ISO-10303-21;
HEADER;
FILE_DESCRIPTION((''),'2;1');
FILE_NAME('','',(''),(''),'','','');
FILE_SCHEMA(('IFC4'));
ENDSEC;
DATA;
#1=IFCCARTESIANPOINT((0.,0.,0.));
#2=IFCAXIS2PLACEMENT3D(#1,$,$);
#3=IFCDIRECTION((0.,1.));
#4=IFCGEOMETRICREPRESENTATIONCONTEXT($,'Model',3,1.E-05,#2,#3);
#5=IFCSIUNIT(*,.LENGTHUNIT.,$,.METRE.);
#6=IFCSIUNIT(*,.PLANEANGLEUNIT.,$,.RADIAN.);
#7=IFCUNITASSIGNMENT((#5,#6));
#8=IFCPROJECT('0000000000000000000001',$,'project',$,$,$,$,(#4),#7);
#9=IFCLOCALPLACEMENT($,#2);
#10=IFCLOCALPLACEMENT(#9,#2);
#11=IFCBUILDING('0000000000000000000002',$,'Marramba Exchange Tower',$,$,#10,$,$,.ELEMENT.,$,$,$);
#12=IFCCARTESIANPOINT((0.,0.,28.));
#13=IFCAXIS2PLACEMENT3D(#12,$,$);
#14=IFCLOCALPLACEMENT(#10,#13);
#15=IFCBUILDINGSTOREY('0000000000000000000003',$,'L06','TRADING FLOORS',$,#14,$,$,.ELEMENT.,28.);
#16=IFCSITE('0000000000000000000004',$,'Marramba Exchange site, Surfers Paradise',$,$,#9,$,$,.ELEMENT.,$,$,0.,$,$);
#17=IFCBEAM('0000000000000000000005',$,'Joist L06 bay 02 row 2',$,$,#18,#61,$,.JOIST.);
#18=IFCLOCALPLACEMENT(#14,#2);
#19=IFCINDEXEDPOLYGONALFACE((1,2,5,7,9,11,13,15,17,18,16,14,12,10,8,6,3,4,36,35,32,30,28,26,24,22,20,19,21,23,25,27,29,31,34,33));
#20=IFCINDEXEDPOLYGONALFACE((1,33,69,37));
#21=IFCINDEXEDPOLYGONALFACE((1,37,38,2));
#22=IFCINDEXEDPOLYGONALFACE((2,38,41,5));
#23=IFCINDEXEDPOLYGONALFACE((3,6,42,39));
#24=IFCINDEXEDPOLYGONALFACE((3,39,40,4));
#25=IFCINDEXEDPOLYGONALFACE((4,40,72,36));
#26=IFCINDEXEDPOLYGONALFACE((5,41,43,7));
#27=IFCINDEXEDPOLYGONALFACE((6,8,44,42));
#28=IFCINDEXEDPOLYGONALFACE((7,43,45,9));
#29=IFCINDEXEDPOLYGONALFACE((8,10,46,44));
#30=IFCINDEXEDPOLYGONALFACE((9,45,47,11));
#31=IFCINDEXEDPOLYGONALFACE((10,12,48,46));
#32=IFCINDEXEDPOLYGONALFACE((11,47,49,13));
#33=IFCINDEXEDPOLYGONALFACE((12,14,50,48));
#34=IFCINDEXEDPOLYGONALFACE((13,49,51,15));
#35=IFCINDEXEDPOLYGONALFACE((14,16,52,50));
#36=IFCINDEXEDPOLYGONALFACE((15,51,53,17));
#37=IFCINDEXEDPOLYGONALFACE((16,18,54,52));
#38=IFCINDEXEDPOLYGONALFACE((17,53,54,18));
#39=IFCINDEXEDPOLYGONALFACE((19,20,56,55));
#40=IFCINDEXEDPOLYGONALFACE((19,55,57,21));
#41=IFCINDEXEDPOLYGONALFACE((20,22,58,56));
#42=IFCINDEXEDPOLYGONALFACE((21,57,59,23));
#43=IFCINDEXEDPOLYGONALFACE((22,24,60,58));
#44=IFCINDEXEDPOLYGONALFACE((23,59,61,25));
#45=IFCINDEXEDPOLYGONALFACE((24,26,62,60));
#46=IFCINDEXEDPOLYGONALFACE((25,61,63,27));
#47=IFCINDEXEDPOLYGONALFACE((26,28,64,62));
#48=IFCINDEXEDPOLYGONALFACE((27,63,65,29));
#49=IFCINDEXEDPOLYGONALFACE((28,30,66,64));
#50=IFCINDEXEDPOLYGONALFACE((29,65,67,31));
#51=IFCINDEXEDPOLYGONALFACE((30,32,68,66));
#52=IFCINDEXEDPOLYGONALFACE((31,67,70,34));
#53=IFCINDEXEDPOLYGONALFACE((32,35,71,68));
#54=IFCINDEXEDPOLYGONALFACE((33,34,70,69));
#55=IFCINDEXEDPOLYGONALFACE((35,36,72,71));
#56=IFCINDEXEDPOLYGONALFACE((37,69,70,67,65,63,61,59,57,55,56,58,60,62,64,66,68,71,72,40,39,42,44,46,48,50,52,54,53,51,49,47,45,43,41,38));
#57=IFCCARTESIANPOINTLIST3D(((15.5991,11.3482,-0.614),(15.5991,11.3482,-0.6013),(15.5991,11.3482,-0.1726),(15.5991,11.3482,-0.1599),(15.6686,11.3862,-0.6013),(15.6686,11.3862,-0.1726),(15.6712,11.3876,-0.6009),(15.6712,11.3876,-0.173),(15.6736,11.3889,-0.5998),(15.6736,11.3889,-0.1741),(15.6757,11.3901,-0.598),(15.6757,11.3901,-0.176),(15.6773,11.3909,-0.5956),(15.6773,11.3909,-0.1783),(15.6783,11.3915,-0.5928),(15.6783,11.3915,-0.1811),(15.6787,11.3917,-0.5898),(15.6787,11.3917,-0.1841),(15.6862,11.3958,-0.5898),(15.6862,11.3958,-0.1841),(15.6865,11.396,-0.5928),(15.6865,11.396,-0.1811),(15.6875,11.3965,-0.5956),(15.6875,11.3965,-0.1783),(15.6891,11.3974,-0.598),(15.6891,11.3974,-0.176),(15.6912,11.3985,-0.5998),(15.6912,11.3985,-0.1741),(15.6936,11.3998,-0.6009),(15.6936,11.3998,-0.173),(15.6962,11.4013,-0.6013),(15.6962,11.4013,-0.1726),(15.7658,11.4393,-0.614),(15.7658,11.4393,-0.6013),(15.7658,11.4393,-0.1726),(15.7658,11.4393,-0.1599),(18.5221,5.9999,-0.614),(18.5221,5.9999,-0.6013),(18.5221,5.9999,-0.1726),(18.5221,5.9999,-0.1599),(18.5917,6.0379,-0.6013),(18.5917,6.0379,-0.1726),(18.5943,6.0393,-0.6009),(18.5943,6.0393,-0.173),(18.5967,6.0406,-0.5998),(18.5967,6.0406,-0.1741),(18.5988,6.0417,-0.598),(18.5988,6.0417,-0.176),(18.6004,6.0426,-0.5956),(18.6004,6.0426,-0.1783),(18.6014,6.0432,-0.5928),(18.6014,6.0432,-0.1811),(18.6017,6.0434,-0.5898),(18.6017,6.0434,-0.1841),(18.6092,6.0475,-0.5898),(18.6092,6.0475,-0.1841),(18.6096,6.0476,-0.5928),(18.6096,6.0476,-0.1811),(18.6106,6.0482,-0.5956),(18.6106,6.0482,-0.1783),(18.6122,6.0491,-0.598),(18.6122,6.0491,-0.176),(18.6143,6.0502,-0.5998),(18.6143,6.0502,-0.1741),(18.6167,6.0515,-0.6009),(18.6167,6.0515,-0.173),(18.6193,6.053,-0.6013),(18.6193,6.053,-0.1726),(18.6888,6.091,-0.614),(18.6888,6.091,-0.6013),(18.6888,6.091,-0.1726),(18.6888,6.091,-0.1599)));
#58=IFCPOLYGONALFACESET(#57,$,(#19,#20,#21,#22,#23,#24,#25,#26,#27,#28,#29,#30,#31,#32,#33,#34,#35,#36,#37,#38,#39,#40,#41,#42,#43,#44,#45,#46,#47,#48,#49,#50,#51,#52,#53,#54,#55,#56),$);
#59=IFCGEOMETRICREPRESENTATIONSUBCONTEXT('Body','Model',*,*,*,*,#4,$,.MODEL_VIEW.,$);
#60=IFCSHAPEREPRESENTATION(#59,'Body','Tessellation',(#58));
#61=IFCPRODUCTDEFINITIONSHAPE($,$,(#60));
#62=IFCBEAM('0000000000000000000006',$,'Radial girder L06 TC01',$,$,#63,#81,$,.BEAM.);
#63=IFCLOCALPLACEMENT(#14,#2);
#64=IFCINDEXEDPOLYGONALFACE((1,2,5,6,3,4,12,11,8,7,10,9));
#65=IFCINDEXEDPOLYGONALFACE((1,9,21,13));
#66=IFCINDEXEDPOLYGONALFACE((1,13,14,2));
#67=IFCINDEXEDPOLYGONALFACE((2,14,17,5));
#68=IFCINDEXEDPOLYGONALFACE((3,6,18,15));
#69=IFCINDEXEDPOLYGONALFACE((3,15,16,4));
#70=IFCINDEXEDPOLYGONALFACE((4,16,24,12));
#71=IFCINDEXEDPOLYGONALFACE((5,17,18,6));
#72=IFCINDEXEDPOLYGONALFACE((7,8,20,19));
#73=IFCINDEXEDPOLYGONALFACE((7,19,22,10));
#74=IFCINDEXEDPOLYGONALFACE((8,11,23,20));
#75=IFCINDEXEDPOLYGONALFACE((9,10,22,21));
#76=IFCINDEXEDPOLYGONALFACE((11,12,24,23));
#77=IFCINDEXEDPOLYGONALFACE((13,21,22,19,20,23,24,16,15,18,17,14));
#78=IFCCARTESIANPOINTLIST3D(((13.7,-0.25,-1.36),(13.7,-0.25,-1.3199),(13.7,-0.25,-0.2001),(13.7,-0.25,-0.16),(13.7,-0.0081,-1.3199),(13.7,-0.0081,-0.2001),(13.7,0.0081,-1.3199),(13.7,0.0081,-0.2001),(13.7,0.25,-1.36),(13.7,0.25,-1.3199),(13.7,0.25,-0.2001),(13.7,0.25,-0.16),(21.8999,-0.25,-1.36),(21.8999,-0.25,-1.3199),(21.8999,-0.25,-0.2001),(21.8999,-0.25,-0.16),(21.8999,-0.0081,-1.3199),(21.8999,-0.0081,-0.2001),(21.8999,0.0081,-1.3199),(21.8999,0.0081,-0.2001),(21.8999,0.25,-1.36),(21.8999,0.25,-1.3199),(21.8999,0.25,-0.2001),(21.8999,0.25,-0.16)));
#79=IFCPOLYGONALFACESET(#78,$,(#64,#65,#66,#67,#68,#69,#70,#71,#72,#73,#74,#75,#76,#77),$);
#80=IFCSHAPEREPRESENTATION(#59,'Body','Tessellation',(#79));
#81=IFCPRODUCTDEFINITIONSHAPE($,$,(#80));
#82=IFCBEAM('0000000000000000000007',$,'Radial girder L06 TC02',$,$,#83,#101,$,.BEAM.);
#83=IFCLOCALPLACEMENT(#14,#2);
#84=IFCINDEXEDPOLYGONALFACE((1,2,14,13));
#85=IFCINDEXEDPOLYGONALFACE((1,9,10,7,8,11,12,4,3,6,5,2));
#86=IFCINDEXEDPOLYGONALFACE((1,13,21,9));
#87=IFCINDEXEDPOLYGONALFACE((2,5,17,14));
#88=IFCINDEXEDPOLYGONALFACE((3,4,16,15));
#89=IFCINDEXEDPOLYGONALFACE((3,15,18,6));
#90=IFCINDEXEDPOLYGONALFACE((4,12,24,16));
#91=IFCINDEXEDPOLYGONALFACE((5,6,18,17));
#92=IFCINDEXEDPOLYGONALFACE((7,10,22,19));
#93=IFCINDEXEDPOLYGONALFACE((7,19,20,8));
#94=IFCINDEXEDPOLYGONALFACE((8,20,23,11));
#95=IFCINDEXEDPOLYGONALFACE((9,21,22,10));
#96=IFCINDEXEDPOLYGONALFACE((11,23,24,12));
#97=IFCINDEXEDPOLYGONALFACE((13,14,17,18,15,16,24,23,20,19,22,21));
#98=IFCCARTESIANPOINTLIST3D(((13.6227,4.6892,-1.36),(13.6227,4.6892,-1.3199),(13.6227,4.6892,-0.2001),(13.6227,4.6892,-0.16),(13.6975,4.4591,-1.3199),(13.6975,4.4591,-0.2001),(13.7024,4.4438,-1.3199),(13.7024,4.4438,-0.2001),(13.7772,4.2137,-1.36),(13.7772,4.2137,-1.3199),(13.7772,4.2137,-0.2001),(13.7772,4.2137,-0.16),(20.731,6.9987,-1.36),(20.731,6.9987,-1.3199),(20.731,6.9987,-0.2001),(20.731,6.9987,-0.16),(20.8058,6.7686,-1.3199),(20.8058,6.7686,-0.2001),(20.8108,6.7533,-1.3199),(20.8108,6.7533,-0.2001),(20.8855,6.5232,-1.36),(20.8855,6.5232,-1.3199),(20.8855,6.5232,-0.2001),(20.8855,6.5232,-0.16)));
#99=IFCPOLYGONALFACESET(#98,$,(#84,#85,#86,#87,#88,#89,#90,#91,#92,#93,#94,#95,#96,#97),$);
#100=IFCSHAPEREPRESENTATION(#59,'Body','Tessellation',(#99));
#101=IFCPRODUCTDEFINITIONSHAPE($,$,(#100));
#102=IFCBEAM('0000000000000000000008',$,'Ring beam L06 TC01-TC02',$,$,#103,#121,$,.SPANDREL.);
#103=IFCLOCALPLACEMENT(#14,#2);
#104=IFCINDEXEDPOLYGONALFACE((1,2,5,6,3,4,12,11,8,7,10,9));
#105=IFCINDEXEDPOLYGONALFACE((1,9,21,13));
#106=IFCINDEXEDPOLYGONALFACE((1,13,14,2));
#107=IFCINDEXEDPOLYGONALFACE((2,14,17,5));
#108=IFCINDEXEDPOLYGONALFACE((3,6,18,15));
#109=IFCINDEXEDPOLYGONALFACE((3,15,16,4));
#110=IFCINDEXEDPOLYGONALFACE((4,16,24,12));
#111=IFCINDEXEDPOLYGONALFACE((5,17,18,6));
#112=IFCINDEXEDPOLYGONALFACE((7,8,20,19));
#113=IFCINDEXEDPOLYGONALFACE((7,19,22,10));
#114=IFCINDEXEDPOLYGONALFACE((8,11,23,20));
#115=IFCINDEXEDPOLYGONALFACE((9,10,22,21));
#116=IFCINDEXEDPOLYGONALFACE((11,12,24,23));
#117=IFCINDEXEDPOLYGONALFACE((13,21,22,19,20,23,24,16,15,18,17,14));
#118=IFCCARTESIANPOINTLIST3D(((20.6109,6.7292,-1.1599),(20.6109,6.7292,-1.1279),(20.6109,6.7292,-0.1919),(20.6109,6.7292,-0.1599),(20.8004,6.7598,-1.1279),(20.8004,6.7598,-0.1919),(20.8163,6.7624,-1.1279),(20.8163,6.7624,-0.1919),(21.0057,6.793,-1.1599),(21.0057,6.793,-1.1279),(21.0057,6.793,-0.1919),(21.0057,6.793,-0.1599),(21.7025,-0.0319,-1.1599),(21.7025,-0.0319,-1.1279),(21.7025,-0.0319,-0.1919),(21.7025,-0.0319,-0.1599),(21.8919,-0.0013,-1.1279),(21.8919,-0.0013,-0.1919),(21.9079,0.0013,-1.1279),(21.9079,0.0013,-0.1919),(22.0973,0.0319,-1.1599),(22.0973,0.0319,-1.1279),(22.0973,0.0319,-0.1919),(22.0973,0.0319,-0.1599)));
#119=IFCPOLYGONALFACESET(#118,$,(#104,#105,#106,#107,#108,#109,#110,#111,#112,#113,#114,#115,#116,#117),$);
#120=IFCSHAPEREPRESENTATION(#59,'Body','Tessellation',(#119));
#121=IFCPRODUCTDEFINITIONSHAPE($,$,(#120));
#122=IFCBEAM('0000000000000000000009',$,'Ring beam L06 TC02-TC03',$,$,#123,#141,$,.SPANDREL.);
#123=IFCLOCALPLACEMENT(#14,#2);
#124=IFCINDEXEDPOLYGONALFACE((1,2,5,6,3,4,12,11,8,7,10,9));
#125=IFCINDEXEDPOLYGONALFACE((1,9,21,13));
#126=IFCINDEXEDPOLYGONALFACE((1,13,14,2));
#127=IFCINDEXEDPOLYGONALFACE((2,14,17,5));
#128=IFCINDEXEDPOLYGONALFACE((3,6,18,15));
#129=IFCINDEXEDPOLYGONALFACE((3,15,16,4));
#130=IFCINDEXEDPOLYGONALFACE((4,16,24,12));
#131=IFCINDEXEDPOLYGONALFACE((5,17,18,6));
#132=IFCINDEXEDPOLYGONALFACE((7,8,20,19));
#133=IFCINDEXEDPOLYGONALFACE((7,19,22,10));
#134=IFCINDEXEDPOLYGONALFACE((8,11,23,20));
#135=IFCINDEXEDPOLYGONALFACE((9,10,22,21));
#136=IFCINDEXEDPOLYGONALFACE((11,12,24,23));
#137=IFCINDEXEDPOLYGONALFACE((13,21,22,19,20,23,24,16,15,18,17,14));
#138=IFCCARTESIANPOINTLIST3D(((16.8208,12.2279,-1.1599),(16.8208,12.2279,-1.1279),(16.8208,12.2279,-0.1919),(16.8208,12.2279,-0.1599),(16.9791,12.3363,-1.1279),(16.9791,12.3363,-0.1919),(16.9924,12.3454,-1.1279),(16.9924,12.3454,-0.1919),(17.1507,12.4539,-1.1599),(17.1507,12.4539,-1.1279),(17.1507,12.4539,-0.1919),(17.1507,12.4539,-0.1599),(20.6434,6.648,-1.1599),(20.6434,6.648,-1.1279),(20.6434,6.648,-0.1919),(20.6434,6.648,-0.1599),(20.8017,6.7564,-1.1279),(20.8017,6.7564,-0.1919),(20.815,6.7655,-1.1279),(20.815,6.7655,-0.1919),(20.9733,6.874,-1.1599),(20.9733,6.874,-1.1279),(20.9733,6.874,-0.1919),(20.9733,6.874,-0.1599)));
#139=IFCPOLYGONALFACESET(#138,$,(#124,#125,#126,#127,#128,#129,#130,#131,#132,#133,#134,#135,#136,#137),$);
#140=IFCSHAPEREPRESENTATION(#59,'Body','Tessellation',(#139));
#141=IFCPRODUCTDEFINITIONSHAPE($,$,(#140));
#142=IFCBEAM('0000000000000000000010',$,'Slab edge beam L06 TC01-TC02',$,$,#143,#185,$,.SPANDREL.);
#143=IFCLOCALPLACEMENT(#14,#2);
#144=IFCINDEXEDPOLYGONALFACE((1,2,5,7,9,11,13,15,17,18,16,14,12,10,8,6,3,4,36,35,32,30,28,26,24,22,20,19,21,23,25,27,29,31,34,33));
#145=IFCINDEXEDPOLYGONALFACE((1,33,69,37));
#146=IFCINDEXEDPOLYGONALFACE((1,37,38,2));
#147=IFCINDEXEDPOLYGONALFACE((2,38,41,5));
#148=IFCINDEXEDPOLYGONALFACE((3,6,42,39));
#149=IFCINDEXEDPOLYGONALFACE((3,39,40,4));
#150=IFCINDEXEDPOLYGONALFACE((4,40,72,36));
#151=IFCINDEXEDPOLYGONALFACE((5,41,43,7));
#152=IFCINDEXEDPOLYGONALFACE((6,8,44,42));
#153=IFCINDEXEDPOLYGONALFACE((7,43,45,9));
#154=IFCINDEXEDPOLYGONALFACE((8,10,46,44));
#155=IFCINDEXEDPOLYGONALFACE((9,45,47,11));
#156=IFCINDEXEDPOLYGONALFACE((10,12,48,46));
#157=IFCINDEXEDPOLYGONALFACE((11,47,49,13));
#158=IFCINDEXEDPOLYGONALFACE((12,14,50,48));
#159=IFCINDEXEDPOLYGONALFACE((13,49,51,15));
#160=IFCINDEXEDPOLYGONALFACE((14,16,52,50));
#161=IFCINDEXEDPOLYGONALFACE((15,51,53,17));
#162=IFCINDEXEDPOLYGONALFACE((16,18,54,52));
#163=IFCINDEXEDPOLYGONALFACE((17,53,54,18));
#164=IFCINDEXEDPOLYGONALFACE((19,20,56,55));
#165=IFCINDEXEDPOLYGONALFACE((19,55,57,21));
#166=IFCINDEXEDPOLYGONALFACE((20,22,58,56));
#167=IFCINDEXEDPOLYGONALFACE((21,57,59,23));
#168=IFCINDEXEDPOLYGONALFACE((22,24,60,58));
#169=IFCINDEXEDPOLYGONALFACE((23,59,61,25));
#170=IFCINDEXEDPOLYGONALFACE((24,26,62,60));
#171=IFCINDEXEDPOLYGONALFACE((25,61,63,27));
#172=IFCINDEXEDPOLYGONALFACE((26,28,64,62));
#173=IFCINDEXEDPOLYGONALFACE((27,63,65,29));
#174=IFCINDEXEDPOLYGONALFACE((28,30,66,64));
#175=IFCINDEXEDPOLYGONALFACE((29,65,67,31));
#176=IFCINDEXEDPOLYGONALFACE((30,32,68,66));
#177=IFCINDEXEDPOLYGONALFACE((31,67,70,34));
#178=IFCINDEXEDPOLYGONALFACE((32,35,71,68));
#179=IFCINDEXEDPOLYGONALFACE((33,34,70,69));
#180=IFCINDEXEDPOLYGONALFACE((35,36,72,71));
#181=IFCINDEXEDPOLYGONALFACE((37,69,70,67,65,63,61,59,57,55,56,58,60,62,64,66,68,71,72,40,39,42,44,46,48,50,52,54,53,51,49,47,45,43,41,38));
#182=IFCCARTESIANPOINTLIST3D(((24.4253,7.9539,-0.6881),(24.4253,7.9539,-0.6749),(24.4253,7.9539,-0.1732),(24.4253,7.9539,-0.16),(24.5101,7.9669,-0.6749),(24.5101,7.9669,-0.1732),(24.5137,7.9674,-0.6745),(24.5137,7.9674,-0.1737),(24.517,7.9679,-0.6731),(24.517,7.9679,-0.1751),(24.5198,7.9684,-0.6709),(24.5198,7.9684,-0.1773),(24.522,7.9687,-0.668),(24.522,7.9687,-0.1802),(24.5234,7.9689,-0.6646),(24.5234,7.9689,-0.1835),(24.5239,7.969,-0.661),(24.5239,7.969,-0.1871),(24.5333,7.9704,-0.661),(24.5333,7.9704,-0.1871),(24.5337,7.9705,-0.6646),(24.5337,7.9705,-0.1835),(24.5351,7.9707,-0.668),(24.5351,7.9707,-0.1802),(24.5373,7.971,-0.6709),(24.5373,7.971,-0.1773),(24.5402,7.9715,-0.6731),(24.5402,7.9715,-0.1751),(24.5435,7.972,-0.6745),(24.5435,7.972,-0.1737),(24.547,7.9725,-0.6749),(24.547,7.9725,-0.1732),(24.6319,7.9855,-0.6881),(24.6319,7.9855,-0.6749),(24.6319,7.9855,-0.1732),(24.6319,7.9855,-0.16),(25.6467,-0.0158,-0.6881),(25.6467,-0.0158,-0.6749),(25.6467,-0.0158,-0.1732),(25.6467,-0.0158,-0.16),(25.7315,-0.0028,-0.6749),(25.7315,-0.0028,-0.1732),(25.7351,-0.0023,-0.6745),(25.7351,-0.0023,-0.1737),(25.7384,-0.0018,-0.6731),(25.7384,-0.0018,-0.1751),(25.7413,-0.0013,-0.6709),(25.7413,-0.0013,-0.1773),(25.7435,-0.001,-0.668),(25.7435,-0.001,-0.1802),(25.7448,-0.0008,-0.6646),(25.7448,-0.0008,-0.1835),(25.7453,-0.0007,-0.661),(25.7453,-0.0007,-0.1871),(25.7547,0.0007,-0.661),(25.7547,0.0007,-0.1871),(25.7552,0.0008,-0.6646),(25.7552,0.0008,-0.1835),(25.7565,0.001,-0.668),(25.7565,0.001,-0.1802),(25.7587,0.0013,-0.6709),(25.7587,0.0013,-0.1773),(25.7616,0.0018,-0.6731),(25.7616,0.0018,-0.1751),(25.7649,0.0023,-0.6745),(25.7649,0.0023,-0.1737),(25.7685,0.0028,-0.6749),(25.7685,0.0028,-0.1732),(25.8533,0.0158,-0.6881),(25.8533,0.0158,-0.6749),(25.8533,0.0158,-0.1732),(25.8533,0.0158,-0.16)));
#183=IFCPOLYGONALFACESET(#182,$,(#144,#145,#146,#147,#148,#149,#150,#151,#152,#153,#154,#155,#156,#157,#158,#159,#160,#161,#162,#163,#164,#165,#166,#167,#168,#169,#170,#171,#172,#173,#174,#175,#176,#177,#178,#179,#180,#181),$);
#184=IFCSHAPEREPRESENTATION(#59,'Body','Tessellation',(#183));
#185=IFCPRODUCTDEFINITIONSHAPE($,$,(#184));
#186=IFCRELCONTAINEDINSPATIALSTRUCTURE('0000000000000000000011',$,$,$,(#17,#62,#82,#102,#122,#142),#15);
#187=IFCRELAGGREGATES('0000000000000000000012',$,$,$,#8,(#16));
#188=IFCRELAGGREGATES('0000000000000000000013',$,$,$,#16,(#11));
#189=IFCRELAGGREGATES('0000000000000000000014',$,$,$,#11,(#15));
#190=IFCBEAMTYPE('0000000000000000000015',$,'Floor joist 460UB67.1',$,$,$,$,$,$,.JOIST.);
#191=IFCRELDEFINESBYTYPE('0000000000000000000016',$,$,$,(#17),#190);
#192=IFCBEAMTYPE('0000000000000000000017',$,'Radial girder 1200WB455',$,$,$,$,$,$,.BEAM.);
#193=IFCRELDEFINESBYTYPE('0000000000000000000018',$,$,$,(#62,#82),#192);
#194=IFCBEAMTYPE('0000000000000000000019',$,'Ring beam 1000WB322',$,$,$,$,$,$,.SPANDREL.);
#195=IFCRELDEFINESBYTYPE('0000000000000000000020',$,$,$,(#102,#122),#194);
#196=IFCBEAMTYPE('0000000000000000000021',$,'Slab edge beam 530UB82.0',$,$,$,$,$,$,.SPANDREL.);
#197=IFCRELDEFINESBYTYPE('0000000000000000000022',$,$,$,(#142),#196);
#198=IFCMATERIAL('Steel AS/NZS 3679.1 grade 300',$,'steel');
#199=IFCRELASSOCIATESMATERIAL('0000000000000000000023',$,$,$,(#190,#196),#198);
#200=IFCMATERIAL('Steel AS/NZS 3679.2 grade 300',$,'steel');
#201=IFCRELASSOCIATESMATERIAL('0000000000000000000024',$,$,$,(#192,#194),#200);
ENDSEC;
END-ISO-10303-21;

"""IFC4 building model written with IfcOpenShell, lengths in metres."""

from ifc_helpers import new_model, si_unit, direction, frame, origin, origin_2d, place, context, subcontext, project, spatial, i_section, extrude, material, material_profile, profile_set, type_object, element, save


model = new_model("IFC4")

# Units and contexts
model_context = context("Model", 3, precision=1e-05, world=origin(), true_north=direction((0.0, 1.0)))
body_context = subcontext(model_context, "Body", "Model", "MODEL_VIEW")
ifc_project = project(units=[si_unit("LENGTHUNIT", "METRE"), si_unit("PLANEANGLEUNIT", "RADIAN")], contexts=[model_context])

# Site, building, storey
site_placement = place(None, origin())
site = spatial("IfcSite", under=ifc_project, at=site_placement, Name="Marramba Exchange site, Surfers Paradise", CompositionType="ELEMENT", RefElevation=0.0)
building_placement = place(site_placement, origin())
building = spatial("IfcBuilding", under=site, at=building_placement, Name="Marramba Exchange Tower", CompositionType="ELEMENT")
storey_placement = place(building_placement, frame((0.0, 0.0, 28.0)))
storey = spatial("IfcBuildingStorey", under=building, at=storey_placement, Name="L06", Description="TRADING FLOORS", CompositionType="ELEMENT", Elevation=28.0)

# Beams
ifc_material_1 = material(Name="Steel AS/NZS 3679.2 grade 300", Category="steel")
ifc_material_2 = material(Name="Steel AS/NZS 3679.1 grade 300", Category="steel")
ifc_material_profile_1 = material_profile(ifc_material_2, i_section(OverallWidth=0.1899, OverallDepth=0.4541, WebThickness=0.0085, FlangeThickness=0.0127, FilletRadius=0.0115, at=origin_2d()), Name="460UB67.1")
ifc_profile_set_1 = profile_set([ifc_material_profile_1], Name="Steel AS/NZS 3679.1 grade 300")
beam_type_1 = type_object("IfcBeamType", Name="Floor joist 460UB67.1", PredefinedType="JOIST", material=ifc_profile_set_1)
beam_1_placement = place(storey_placement, frame((18.6055, 6.0454, -0.387), z_axis=(-0.479584, 0.877496, 0.0), x_axis=(-0.877496, -0.479584, 0.0)))
element("IfcBeam", 1, at=beam_1_placement, inside=storey, type_object=beam_type_1, Name="Joist L06 bay 02 row 2", PredefinedType="JOIST", context=body_context, shape_type="SweptSolid", body=[
    extrude(i_section(OverallWidth=0.1899, OverallDepth=0.4541, WebThickness=0.0085, FlangeThickness=0.0127, FilletRadius=0.0115, at=origin_2d()), origin(), (0.0, 0.0, 1.0), 6.095),
])
ifc_material_profile_2 = material_profile(ifc_material_1, i_section(OverallWidth=0.5, OverallDepth=1.2, WebThickness=0.0161, FlangeThickness=0.04, at=origin_2d()), Name="1200WB455")
ifc_profile_set_2 = profile_set([ifc_material_profile_2], Name="Steel AS/NZS 3679.2 grade 300")
beam_type_2 = type_object("IfcBeamType", Name="Radial girder 1200WB455", PredefinedType="BEAM", material=ifc_profile_set_2)
beam_2_placement = place(storey_placement, frame((13.7, 0.0, -0.76), z_axis=(1.0, 0.0, 0.0), x_axis=(0.0, 1.0, 0.0)))
element("IfcBeam", 2, at=beam_2_placement, inside=storey, type_object=beam_type_2, Name="Radial girder L06 TC01", PredefinedType="BEAM", context=body_context, shape_type="SweptSolid", body=[
    extrude(i_section(OverallWidth=0.5, OverallDepth=1.2, WebThickness=0.0161, FlangeThickness=0.04, at=origin_2d()), origin(), (0.0, 0.0, 1.0), 8.2),
])
beam_3_placement = place(storey_placement, frame((13.7, 4.4514, -0.76), z_axis=(0.95106, 0.309006, 0.0), x_axis=(-0.309006, 0.95106, 0.0)))
element("IfcBeam", 3, at=beam_3_placement, inside=storey, type_object=beam_type_2, Name="Radial girder L06 TC02", PredefinedType="BEAM", context=body_context, shape_type="SweptSolid", body=[
    extrude(i_section(OverallWidth=0.5, OverallDepth=1.2, WebThickness=0.0161, FlangeThickness=0.04, at=origin_2d()), origin(), (0.0, 0.0, 1.0), 7.4741),
])
ifc_material_profile_3 = material_profile(ifc_material_1, i_section(OverallWidth=0.3999, OverallDepth=1.0, WebThickness=0.0161, FlangeThickness=0.032, at=origin_2d()), Name="1000WB322")
ifc_profile_set_3 = profile_set([ifc_material_profile_3], Name="Steel AS/NZS 3679.2 grade 300")
beam_type_3 = type_object("IfcBeamType", Name="Ring beam 1000WB322", PredefinedType="SPANDREL", material=ifc_profile_set_3)
beam_4_placement = place(storey_placement, frame((21.8999, 0.0, -0.6599), z_axis=(-0.159385, 0.987217, 0.0), x_axis=(-0.987217, -0.159385, 0.0)))
element("IfcBeam", 4, at=beam_4_placement, inside=storey, type_object=beam_type_3, Name="Ring beam L06 TC01-TC02", PredefinedType="SPANDREL", context=body_context, shape_type="SweptSolid", body=[
    extrude(i_section(OverallWidth=0.3999, OverallDepth=1.0, WebThickness=0.0161, FlangeThickness=0.032, at=origin_2d()), origin(), (0.0, 0.0, 1.0), 6.8486),
])
beam_5_placement = place(storey_placement, frame((20.8083, 6.761, -0.6599), z_axis=(-0.56516, 0.824981, 0.0), x_axis=(-0.824981, -0.56516, 0.0)))
element("IfcBeam", 5, at=beam_5_placement, inside=storey, type_object=beam_type_3, Name="Ring beam L06 TC02-TC03", PredefinedType="SPANDREL", context=body_context, shape_type="SweptSolid", body=[
    extrude(i_section(OverallWidth=0.3999, OverallDepth=1.0, WebThickness=0.0161, FlangeThickness=0.032, at=origin_2d()), origin(), (0.0, 0.0, 1.0), 6.7637),
])
ifc_material_profile_4 = material_profile(ifc_material_2, i_section(OverallWidth=0.209, OverallDepth=0.5281, WebThickness=0.0095, FlangeThickness=0.0132, FilletRadius=0.0139, at=origin_2d()), Name="530UB82.0")
ifc_profile_set_4 = profile_set([ifc_material_profile_4], Name="Steel AS/NZS 3679.1 grade 300")
beam_type_4 = type_object("IfcBeamType", Name="Slab edge beam 530UB82.0", PredefinedType="SPANDREL", material=ifc_profile_set_4)
beam_6_placement = place(storey_placement, frame((25.75, 0.0, -0.4241), z_axis=(-0.151491, 0.988459, 0.0), x_axis=(-0.988459, -0.151491, 0.0)))
element("IfcBeam", 6, at=beam_6_placement, inside=storey, type_object=beam_type_4, Name="Slab edge beam L06 TC01-TC02", PredefinedType="SPANDREL", context=body_context, shape_type="SweptSolid", body=[
    extrude(i_section(OverallWidth=0.209, OverallDepth=0.5281, WebThickness=0.0095, FlangeThickness=0.0132, FilletRadius=0.0139, at=origin_2d()), origin(), (0.0, 0.0, 1.0), 8.0627),
])

save(model, "model.ifc")
